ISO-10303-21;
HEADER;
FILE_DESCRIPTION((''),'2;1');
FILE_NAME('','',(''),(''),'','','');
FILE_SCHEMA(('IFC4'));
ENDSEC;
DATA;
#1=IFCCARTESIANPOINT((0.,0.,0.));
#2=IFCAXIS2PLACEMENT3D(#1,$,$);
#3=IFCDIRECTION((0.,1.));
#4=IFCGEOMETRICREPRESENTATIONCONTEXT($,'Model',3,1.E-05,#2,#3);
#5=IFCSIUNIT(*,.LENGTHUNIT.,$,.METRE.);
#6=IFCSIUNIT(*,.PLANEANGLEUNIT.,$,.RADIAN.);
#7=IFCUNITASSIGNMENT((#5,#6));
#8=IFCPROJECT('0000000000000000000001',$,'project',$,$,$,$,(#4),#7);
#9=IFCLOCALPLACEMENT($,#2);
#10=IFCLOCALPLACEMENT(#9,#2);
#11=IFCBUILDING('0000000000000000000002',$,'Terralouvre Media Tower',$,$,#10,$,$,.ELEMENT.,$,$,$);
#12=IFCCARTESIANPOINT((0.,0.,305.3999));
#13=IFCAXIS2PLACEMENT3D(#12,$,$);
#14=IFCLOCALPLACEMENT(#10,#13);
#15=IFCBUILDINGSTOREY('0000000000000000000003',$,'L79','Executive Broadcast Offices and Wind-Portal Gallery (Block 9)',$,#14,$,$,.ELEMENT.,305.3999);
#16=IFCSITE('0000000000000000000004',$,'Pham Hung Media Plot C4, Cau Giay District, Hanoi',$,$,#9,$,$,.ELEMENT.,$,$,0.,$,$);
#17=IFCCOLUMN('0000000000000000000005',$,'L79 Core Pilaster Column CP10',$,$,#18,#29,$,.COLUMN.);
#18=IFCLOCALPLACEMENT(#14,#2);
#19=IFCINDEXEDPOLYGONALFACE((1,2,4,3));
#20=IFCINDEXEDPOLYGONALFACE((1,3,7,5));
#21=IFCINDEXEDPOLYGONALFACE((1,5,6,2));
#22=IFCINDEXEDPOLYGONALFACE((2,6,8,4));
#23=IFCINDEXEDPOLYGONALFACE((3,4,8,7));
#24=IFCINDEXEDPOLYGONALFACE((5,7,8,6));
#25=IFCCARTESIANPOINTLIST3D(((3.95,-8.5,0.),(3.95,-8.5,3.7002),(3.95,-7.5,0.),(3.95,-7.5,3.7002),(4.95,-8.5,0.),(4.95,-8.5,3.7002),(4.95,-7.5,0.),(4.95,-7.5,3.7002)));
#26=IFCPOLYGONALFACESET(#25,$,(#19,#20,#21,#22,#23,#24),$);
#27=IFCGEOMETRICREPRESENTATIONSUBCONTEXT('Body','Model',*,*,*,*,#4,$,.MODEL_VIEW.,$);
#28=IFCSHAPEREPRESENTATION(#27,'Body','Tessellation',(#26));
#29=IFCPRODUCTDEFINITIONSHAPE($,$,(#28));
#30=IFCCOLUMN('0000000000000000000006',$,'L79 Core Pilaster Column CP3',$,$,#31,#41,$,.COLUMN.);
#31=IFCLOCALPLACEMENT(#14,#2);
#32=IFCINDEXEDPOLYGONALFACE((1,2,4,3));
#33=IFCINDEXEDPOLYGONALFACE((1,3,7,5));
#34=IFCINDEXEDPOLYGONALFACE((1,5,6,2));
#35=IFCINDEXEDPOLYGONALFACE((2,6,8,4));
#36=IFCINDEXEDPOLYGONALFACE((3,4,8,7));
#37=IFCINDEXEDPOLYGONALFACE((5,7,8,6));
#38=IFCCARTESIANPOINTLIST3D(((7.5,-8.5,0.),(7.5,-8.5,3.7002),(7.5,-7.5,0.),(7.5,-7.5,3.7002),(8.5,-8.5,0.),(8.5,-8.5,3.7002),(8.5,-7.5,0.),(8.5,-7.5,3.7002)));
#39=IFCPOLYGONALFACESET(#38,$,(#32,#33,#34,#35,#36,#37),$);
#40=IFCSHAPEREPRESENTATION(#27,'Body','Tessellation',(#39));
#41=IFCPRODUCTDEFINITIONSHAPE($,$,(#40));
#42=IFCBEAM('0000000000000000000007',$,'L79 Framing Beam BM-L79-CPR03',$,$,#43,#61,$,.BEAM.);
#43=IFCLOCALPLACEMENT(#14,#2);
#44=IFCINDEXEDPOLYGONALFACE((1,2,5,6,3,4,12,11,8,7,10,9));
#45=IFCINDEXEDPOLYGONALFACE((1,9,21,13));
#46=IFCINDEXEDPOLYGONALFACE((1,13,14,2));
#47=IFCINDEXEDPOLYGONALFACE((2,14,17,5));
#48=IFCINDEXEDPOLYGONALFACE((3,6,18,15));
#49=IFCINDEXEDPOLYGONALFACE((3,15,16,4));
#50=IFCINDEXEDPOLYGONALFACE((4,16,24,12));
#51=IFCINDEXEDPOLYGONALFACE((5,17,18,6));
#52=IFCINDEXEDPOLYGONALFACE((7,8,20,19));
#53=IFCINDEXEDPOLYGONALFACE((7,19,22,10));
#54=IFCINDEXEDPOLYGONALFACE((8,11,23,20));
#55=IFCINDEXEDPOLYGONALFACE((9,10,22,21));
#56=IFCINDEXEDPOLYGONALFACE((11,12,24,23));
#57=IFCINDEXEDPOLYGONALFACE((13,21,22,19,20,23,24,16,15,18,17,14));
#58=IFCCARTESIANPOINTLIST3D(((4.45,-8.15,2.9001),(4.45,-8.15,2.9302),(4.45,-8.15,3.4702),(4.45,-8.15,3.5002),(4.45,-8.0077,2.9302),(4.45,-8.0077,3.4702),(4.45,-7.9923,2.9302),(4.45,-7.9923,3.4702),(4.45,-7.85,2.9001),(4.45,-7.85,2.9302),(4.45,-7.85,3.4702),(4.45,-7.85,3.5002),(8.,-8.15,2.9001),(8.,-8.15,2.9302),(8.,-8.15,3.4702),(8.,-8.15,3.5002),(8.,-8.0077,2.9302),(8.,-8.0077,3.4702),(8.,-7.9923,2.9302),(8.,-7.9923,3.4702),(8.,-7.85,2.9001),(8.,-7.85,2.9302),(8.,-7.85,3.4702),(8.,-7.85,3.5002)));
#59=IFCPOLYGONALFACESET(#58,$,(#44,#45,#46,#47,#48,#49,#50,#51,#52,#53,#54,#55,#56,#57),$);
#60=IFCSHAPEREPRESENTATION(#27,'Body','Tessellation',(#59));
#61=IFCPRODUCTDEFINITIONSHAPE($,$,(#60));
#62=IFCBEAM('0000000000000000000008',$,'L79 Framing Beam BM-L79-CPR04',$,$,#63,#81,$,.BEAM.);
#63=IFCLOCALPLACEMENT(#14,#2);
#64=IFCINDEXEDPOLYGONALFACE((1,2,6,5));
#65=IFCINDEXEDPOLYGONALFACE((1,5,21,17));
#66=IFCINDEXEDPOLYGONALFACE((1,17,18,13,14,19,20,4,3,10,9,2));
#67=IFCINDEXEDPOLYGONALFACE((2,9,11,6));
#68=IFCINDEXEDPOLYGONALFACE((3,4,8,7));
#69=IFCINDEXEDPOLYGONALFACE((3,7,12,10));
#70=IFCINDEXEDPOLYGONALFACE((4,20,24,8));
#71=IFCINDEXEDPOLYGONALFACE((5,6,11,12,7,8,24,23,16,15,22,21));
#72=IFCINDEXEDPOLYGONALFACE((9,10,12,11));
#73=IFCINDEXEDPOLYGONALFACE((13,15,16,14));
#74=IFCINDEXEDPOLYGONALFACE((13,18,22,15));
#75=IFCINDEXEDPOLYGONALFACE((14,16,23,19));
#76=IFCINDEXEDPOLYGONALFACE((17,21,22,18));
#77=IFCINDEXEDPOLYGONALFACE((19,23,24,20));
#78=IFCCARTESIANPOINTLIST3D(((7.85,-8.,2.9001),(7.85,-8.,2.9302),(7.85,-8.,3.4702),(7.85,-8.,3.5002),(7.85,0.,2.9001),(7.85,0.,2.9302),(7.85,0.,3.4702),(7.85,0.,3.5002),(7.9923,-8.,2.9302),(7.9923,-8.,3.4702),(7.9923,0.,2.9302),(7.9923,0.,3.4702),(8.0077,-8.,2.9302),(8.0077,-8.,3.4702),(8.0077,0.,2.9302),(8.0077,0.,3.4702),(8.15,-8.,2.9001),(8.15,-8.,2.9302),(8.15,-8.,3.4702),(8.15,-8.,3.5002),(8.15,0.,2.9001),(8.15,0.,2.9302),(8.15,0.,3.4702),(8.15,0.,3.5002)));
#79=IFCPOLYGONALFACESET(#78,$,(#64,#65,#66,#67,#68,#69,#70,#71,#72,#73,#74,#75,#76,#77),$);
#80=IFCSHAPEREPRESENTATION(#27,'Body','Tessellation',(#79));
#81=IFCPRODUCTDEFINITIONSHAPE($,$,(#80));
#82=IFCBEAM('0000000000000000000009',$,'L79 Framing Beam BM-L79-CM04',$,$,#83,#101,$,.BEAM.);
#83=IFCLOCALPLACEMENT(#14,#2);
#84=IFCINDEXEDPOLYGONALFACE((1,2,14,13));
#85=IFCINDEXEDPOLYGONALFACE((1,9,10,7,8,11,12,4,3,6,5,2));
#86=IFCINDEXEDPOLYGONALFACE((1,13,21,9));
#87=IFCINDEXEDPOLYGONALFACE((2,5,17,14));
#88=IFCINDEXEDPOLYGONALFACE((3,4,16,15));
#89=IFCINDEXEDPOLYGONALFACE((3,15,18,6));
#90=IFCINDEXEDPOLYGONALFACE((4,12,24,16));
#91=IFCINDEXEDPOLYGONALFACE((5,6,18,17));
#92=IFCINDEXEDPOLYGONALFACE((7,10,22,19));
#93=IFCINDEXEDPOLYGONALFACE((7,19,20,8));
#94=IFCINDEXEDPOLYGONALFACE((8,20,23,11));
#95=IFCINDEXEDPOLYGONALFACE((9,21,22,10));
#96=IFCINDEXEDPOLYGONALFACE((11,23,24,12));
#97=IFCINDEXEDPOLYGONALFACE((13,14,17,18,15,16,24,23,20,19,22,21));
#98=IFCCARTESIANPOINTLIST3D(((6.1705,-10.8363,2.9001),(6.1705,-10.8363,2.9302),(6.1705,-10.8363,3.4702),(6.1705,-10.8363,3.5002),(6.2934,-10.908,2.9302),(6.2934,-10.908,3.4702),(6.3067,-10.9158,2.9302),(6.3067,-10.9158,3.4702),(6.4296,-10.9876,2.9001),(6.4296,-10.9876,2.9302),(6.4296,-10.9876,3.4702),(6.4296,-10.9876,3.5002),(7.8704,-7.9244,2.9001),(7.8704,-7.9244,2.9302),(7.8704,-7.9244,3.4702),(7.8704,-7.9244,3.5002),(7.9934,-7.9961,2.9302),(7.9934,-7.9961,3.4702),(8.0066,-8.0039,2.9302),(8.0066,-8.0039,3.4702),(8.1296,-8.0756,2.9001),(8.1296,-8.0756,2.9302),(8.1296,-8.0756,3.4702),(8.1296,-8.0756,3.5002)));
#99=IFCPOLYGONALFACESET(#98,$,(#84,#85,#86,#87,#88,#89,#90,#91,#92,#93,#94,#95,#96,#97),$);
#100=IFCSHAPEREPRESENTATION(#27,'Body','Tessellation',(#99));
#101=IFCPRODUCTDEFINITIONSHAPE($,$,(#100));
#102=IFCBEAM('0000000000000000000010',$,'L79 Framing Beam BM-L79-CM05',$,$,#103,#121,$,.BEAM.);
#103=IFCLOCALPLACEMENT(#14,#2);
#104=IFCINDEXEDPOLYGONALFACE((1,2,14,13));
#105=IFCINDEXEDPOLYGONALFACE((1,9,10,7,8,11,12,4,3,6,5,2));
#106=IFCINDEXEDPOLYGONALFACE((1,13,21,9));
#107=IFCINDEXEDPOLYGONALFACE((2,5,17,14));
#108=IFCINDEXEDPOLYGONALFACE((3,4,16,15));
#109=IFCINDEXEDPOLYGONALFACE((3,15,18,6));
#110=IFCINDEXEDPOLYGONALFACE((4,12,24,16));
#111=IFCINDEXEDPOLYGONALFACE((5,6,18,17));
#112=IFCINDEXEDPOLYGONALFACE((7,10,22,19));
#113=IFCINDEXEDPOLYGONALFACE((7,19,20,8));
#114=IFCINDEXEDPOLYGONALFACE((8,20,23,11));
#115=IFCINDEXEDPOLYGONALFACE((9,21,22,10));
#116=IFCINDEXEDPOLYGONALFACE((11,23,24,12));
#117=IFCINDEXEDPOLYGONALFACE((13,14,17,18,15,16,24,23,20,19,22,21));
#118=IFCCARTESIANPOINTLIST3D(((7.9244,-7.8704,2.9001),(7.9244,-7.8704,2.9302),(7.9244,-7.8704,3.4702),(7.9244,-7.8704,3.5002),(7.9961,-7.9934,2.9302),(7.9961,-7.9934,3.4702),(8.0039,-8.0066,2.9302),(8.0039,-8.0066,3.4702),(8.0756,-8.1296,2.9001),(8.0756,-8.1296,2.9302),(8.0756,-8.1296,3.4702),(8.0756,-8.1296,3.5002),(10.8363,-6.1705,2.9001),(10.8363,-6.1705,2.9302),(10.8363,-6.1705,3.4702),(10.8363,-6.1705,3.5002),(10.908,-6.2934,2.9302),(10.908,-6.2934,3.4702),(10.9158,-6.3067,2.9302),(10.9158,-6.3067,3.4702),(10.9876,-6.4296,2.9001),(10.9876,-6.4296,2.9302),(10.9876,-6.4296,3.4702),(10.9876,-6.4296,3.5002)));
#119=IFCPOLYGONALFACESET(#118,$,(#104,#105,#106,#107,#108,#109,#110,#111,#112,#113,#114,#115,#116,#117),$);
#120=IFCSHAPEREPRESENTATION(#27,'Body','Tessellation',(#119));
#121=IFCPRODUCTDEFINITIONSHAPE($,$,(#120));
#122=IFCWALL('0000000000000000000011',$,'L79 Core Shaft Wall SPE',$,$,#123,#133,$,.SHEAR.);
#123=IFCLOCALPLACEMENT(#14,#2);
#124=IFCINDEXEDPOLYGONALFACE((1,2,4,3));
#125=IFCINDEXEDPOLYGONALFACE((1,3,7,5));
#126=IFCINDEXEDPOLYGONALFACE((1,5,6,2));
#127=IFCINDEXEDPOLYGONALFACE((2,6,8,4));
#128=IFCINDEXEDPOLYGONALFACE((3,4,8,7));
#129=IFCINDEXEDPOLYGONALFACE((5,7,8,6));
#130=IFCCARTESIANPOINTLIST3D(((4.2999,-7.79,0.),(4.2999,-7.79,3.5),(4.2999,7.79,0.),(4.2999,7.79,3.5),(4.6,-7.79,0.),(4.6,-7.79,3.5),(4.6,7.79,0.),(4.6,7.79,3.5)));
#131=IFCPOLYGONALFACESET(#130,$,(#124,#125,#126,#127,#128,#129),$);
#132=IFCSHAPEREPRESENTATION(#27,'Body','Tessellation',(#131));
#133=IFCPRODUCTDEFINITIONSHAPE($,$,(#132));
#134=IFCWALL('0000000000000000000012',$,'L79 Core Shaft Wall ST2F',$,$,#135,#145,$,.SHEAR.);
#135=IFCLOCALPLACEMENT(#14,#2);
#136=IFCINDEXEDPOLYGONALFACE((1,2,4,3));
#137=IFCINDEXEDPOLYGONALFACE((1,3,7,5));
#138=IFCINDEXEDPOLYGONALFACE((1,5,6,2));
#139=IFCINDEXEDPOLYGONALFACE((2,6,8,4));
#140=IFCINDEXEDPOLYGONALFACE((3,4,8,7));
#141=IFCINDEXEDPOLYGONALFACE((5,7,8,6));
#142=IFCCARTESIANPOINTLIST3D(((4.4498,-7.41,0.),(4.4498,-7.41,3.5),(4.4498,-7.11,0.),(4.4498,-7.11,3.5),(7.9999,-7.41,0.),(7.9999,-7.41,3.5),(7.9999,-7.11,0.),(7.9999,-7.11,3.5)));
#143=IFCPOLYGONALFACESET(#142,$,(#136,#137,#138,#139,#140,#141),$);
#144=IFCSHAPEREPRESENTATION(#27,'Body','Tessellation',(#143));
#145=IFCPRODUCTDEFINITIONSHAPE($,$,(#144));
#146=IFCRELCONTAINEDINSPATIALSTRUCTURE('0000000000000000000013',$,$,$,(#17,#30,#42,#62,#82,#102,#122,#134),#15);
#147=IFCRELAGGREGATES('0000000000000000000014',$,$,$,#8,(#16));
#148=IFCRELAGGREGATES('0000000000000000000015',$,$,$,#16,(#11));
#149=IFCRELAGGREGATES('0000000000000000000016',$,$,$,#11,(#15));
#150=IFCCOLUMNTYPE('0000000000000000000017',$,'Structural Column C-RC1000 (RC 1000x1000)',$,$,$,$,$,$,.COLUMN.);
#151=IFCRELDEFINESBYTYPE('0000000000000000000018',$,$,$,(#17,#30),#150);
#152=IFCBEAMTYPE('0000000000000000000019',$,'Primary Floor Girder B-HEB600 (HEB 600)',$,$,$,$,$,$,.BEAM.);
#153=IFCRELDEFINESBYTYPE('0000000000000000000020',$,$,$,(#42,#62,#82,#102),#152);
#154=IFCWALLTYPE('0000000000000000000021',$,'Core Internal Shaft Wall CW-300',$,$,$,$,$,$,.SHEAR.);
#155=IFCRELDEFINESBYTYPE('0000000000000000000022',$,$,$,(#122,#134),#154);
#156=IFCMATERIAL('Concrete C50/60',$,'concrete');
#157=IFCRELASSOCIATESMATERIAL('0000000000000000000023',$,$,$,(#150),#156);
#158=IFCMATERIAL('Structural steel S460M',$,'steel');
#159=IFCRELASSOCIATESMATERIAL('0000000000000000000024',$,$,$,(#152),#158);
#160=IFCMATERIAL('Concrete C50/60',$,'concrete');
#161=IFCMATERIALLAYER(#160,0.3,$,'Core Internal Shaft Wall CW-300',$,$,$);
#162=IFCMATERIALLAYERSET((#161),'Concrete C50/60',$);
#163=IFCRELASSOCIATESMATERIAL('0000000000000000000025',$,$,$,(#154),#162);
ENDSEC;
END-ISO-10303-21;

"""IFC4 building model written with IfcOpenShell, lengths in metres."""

from ifc_helpers import new_model, si_unit, direction, frame, frame_2d, origin, origin_2d, place, context, subcontext, project, spatial, rectangle, i_section, extrude, material, layer, layer_set, material_profile, profile_set, type_object, element, save


model = new_model("IFC4")

# Units and contexts
model_context = context("Model", 3, precision=1e-05, world=origin(), true_north=direction((0.0, 1.0)))
body_context = subcontext(model_context, "Body", "Model", "MODEL_VIEW")
ifc_project = project(units=[si_unit("LENGTHUNIT", "METRE"), si_unit("PLANEANGLEUNIT", "RADIAN")], contexts=[model_context])

# Site, building, storey
site_placement = place(None, origin())
site = spatial("IfcSite", under=ifc_project, at=site_placement, Name="Pham Hung Media Plot C4, Cau Giay District, Hanoi", CompositionType="ELEMENT", RefElevation=0.0)
building_placement = place(site_placement, origin())
building = spatial("IfcBuilding", under=site, at=building_placement, Name="Terralouvre Media Tower", CompositionType="ELEMENT")
storey_placement = place(building_placement, frame((0.0, 0.0, 305.3999)))
storey = spatial("IfcBuildingStorey", under=building, at=storey_placement, Name="L79", Description="Executive Broadcast Offices and Wind-Portal Gallery (Block 9)", CompositionType="ELEMENT", Elevation=305.3999)

# Columns
ifc_material_1 = material(Name="Concrete C50/60", Category="concrete")
ifc_material_profile_1 = material_profile(ifc_material_1, rectangle(XDim=1.0, YDim=1.0, at=origin_2d()), Name="RC 1000x1000")
ifc_profile_set_1 = profile_set([ifc_material_profile_1], Name="Concrete C50/60")
column_type = type_object("IfcColumnType", Name="Structural Column C-RC1000 (RC 1000x1000)", PredefinedType="COLUMN", material=ifc_profile_set_1)
for number, where, z_axis, x_axis, name in (
    (1, (4.45, -8.0, 0.0), (0.0, 0.0, 1.0), (1.0, 0.0, 0.0), "L79 Core Pilaster Column CP10"),
    (2, (8.0, -8.0, 0.0), (0.0, 0.0, 1.0), (1.0, 0.0, 0.0), "L79 Core Pilaster Column CP3"),
):
    element("IfcColumn", number, at=place(storey_placement, frame(where, z_axis=z_axis, x_axis=x_axis)), inside=storey, type_object=column_type, Name=name, PredefinedType="COLUMN", context=body_context, shape_type="SweptSolid", body=[
        extrude(rectangle(XDim=1.0, YDim=1.0, at=origin_2d()), origin(), (0.0, 0.0, 1.0), 3.7002),
    ])

# Beams
ifc_material_2 = material(Name="Structural steel S460M", Category="steel")
ifc_material_profile_2 = material_profile(ifc_material_2, i_section(OverallWidth=0.3, OverallDepth=0.6001, WebThickness=0.0154, FlangeThickness=0.03, at=origin_2d()), Name="HEB 600")
ifc_profile_set_2 = profile_set([ifc_material_profile_2], Name="Structural steel S460M")
beam_type = type_object("IfcBeamType", Name="Primary Floor Girder B-HEB600 (HEB 600)", PredefinedType="BEAM", material=ifc_profile_set_2)
beam_1_placement = place(storey_placement, frame((4.45, -8.0, 3.2002), z_axis=(1.0, 0.0, 0.0), x_axis=(0.0, 1.0, 0.0)))
element("IfcBeam", 3, at=beam_1_placement, inside=storey, type_object=beam_type, Name="L79 Framing Beam BM-L79-CPR03", PredefinedType="BEAM", context=body_context, shape_type="SweptSolid", body=[
    extrude(i_section(OverallWidth=0.3, OverallDepth=0.6001, WebThickness=0.0154, FlangeThickness=0.03, at=origin_2d()), origin(), (0.0, 0.0, 1.0), 3.55),
])
beam_2_placement = place(storey_placement, frame((8.0, -8.0, 3.2002), z_axis=(0.0, 1.0, 0.0), x_axis=(-1.0, 0.0, 0.0)))
element("IfcBeam", 4, at=beam_2_placement, inside=storey, type_object=beam_type, Name="L79 Framing Beam BM-L79-CPR04", PredefinedType="BEAM", context=body_context, shape_type="SweptSolid", body=[
    extrude(i_section(OverallWidth=0.3, OverallDepth=0.6001, WebThickness=0.0154, FlangeThickness=0.03, at=origin_2d()), origin(), (0.0, 0.0, 1.0), 8.0),
])
for number, where, z_axis, x_axis, name in (
    (5, (8.0, -8.0, 3.2002), (-0.504173, -0.863603, 0.0), (0.863603, -0.504173, 0.0), "L79 Framing Beam BM-L79-CM04"),
    (6, (8.0, -8.0, 3.2002), (0.863603, 0.504173, 0.0), (-0.504173, 0.863603, 0.0), "L79 Framing Beam BM-L79-CM05"),
):
    element("IfcBeam", number, at=place(storey_placement, frame(where, z_axis=z_axis, x_axis=x_axis)), inside=storey, type_object=beam_type, Name=name, PredefinedType="BEAM", context=body_context, shape_type="SweptSolid", body=[
        extrude(i_section(OverallWidth=0.3, OverallDepth=0.6001, WebThickness=0.0154, FlangeThickness=0.03, at=origin_2d()), origin(), (0.0, 0.0, 1.0), 3.3718),
    ])

# Wall
ifc_material_3 = material(Name="Concrete C50/60", Category="concrete")
ifc_layer_1 = layer(ifc_material_3, 0.3, Name="Core Internal Shaft Wall CW-300")
ifc_layer_set_1 = layer_set([ifc_layer_1], Name="Concrete C50/60")
wall_type_1 = type_object("IfcWallType", Name="Core Internal Shaft Wall CW-300", PredefinedType="SHEAR", material=ifc_layer_set_1)
wall_1_placement = place(storey_placement, frame((4.45, -7.79, 0.0), z_axis=(0.0, 0.0, 1.0), x_axis=(0.0, 1.0, 0.0)))
element("IfcWall", 7, at=wall_1_placement, inside=storey, type_object=wall_type_1, Name="L79 Core Shaft Wall SPE", PredefinedType="SHEAR", context=body_context, shape_type="SweptSolid", body=[
    extrude(rectangle(XDim=15.5801, YDim=0.3, at=frame_2d((7.79, 0.0))), origin(), (0.0, 0.0, 1.0), 3.5),
])

# Wall
wall_2_placement = place(storey_placement, frame((4.45, -7.26, 0.0), z_axis=(0.0, 0.0, 1.0), x_axis=(1.0, 0.0, 0.0)))
element("IfcWall", 8, at=wall_2_placement, inside=storey, type_object=wall_type_1, Name="L79 Core Shaft Wall ST2F", PredefinedType="SHEAR", context=body_context, shape_type="SweptSolid", body=[
    extrude(rectangle(XDim=3.55, YDim=0.3, at=frame_2d((1.7749, 0.0))), origin(), (0.0, 0.0, 1.0), 3.5),
])

save(model, "model.ifc")
